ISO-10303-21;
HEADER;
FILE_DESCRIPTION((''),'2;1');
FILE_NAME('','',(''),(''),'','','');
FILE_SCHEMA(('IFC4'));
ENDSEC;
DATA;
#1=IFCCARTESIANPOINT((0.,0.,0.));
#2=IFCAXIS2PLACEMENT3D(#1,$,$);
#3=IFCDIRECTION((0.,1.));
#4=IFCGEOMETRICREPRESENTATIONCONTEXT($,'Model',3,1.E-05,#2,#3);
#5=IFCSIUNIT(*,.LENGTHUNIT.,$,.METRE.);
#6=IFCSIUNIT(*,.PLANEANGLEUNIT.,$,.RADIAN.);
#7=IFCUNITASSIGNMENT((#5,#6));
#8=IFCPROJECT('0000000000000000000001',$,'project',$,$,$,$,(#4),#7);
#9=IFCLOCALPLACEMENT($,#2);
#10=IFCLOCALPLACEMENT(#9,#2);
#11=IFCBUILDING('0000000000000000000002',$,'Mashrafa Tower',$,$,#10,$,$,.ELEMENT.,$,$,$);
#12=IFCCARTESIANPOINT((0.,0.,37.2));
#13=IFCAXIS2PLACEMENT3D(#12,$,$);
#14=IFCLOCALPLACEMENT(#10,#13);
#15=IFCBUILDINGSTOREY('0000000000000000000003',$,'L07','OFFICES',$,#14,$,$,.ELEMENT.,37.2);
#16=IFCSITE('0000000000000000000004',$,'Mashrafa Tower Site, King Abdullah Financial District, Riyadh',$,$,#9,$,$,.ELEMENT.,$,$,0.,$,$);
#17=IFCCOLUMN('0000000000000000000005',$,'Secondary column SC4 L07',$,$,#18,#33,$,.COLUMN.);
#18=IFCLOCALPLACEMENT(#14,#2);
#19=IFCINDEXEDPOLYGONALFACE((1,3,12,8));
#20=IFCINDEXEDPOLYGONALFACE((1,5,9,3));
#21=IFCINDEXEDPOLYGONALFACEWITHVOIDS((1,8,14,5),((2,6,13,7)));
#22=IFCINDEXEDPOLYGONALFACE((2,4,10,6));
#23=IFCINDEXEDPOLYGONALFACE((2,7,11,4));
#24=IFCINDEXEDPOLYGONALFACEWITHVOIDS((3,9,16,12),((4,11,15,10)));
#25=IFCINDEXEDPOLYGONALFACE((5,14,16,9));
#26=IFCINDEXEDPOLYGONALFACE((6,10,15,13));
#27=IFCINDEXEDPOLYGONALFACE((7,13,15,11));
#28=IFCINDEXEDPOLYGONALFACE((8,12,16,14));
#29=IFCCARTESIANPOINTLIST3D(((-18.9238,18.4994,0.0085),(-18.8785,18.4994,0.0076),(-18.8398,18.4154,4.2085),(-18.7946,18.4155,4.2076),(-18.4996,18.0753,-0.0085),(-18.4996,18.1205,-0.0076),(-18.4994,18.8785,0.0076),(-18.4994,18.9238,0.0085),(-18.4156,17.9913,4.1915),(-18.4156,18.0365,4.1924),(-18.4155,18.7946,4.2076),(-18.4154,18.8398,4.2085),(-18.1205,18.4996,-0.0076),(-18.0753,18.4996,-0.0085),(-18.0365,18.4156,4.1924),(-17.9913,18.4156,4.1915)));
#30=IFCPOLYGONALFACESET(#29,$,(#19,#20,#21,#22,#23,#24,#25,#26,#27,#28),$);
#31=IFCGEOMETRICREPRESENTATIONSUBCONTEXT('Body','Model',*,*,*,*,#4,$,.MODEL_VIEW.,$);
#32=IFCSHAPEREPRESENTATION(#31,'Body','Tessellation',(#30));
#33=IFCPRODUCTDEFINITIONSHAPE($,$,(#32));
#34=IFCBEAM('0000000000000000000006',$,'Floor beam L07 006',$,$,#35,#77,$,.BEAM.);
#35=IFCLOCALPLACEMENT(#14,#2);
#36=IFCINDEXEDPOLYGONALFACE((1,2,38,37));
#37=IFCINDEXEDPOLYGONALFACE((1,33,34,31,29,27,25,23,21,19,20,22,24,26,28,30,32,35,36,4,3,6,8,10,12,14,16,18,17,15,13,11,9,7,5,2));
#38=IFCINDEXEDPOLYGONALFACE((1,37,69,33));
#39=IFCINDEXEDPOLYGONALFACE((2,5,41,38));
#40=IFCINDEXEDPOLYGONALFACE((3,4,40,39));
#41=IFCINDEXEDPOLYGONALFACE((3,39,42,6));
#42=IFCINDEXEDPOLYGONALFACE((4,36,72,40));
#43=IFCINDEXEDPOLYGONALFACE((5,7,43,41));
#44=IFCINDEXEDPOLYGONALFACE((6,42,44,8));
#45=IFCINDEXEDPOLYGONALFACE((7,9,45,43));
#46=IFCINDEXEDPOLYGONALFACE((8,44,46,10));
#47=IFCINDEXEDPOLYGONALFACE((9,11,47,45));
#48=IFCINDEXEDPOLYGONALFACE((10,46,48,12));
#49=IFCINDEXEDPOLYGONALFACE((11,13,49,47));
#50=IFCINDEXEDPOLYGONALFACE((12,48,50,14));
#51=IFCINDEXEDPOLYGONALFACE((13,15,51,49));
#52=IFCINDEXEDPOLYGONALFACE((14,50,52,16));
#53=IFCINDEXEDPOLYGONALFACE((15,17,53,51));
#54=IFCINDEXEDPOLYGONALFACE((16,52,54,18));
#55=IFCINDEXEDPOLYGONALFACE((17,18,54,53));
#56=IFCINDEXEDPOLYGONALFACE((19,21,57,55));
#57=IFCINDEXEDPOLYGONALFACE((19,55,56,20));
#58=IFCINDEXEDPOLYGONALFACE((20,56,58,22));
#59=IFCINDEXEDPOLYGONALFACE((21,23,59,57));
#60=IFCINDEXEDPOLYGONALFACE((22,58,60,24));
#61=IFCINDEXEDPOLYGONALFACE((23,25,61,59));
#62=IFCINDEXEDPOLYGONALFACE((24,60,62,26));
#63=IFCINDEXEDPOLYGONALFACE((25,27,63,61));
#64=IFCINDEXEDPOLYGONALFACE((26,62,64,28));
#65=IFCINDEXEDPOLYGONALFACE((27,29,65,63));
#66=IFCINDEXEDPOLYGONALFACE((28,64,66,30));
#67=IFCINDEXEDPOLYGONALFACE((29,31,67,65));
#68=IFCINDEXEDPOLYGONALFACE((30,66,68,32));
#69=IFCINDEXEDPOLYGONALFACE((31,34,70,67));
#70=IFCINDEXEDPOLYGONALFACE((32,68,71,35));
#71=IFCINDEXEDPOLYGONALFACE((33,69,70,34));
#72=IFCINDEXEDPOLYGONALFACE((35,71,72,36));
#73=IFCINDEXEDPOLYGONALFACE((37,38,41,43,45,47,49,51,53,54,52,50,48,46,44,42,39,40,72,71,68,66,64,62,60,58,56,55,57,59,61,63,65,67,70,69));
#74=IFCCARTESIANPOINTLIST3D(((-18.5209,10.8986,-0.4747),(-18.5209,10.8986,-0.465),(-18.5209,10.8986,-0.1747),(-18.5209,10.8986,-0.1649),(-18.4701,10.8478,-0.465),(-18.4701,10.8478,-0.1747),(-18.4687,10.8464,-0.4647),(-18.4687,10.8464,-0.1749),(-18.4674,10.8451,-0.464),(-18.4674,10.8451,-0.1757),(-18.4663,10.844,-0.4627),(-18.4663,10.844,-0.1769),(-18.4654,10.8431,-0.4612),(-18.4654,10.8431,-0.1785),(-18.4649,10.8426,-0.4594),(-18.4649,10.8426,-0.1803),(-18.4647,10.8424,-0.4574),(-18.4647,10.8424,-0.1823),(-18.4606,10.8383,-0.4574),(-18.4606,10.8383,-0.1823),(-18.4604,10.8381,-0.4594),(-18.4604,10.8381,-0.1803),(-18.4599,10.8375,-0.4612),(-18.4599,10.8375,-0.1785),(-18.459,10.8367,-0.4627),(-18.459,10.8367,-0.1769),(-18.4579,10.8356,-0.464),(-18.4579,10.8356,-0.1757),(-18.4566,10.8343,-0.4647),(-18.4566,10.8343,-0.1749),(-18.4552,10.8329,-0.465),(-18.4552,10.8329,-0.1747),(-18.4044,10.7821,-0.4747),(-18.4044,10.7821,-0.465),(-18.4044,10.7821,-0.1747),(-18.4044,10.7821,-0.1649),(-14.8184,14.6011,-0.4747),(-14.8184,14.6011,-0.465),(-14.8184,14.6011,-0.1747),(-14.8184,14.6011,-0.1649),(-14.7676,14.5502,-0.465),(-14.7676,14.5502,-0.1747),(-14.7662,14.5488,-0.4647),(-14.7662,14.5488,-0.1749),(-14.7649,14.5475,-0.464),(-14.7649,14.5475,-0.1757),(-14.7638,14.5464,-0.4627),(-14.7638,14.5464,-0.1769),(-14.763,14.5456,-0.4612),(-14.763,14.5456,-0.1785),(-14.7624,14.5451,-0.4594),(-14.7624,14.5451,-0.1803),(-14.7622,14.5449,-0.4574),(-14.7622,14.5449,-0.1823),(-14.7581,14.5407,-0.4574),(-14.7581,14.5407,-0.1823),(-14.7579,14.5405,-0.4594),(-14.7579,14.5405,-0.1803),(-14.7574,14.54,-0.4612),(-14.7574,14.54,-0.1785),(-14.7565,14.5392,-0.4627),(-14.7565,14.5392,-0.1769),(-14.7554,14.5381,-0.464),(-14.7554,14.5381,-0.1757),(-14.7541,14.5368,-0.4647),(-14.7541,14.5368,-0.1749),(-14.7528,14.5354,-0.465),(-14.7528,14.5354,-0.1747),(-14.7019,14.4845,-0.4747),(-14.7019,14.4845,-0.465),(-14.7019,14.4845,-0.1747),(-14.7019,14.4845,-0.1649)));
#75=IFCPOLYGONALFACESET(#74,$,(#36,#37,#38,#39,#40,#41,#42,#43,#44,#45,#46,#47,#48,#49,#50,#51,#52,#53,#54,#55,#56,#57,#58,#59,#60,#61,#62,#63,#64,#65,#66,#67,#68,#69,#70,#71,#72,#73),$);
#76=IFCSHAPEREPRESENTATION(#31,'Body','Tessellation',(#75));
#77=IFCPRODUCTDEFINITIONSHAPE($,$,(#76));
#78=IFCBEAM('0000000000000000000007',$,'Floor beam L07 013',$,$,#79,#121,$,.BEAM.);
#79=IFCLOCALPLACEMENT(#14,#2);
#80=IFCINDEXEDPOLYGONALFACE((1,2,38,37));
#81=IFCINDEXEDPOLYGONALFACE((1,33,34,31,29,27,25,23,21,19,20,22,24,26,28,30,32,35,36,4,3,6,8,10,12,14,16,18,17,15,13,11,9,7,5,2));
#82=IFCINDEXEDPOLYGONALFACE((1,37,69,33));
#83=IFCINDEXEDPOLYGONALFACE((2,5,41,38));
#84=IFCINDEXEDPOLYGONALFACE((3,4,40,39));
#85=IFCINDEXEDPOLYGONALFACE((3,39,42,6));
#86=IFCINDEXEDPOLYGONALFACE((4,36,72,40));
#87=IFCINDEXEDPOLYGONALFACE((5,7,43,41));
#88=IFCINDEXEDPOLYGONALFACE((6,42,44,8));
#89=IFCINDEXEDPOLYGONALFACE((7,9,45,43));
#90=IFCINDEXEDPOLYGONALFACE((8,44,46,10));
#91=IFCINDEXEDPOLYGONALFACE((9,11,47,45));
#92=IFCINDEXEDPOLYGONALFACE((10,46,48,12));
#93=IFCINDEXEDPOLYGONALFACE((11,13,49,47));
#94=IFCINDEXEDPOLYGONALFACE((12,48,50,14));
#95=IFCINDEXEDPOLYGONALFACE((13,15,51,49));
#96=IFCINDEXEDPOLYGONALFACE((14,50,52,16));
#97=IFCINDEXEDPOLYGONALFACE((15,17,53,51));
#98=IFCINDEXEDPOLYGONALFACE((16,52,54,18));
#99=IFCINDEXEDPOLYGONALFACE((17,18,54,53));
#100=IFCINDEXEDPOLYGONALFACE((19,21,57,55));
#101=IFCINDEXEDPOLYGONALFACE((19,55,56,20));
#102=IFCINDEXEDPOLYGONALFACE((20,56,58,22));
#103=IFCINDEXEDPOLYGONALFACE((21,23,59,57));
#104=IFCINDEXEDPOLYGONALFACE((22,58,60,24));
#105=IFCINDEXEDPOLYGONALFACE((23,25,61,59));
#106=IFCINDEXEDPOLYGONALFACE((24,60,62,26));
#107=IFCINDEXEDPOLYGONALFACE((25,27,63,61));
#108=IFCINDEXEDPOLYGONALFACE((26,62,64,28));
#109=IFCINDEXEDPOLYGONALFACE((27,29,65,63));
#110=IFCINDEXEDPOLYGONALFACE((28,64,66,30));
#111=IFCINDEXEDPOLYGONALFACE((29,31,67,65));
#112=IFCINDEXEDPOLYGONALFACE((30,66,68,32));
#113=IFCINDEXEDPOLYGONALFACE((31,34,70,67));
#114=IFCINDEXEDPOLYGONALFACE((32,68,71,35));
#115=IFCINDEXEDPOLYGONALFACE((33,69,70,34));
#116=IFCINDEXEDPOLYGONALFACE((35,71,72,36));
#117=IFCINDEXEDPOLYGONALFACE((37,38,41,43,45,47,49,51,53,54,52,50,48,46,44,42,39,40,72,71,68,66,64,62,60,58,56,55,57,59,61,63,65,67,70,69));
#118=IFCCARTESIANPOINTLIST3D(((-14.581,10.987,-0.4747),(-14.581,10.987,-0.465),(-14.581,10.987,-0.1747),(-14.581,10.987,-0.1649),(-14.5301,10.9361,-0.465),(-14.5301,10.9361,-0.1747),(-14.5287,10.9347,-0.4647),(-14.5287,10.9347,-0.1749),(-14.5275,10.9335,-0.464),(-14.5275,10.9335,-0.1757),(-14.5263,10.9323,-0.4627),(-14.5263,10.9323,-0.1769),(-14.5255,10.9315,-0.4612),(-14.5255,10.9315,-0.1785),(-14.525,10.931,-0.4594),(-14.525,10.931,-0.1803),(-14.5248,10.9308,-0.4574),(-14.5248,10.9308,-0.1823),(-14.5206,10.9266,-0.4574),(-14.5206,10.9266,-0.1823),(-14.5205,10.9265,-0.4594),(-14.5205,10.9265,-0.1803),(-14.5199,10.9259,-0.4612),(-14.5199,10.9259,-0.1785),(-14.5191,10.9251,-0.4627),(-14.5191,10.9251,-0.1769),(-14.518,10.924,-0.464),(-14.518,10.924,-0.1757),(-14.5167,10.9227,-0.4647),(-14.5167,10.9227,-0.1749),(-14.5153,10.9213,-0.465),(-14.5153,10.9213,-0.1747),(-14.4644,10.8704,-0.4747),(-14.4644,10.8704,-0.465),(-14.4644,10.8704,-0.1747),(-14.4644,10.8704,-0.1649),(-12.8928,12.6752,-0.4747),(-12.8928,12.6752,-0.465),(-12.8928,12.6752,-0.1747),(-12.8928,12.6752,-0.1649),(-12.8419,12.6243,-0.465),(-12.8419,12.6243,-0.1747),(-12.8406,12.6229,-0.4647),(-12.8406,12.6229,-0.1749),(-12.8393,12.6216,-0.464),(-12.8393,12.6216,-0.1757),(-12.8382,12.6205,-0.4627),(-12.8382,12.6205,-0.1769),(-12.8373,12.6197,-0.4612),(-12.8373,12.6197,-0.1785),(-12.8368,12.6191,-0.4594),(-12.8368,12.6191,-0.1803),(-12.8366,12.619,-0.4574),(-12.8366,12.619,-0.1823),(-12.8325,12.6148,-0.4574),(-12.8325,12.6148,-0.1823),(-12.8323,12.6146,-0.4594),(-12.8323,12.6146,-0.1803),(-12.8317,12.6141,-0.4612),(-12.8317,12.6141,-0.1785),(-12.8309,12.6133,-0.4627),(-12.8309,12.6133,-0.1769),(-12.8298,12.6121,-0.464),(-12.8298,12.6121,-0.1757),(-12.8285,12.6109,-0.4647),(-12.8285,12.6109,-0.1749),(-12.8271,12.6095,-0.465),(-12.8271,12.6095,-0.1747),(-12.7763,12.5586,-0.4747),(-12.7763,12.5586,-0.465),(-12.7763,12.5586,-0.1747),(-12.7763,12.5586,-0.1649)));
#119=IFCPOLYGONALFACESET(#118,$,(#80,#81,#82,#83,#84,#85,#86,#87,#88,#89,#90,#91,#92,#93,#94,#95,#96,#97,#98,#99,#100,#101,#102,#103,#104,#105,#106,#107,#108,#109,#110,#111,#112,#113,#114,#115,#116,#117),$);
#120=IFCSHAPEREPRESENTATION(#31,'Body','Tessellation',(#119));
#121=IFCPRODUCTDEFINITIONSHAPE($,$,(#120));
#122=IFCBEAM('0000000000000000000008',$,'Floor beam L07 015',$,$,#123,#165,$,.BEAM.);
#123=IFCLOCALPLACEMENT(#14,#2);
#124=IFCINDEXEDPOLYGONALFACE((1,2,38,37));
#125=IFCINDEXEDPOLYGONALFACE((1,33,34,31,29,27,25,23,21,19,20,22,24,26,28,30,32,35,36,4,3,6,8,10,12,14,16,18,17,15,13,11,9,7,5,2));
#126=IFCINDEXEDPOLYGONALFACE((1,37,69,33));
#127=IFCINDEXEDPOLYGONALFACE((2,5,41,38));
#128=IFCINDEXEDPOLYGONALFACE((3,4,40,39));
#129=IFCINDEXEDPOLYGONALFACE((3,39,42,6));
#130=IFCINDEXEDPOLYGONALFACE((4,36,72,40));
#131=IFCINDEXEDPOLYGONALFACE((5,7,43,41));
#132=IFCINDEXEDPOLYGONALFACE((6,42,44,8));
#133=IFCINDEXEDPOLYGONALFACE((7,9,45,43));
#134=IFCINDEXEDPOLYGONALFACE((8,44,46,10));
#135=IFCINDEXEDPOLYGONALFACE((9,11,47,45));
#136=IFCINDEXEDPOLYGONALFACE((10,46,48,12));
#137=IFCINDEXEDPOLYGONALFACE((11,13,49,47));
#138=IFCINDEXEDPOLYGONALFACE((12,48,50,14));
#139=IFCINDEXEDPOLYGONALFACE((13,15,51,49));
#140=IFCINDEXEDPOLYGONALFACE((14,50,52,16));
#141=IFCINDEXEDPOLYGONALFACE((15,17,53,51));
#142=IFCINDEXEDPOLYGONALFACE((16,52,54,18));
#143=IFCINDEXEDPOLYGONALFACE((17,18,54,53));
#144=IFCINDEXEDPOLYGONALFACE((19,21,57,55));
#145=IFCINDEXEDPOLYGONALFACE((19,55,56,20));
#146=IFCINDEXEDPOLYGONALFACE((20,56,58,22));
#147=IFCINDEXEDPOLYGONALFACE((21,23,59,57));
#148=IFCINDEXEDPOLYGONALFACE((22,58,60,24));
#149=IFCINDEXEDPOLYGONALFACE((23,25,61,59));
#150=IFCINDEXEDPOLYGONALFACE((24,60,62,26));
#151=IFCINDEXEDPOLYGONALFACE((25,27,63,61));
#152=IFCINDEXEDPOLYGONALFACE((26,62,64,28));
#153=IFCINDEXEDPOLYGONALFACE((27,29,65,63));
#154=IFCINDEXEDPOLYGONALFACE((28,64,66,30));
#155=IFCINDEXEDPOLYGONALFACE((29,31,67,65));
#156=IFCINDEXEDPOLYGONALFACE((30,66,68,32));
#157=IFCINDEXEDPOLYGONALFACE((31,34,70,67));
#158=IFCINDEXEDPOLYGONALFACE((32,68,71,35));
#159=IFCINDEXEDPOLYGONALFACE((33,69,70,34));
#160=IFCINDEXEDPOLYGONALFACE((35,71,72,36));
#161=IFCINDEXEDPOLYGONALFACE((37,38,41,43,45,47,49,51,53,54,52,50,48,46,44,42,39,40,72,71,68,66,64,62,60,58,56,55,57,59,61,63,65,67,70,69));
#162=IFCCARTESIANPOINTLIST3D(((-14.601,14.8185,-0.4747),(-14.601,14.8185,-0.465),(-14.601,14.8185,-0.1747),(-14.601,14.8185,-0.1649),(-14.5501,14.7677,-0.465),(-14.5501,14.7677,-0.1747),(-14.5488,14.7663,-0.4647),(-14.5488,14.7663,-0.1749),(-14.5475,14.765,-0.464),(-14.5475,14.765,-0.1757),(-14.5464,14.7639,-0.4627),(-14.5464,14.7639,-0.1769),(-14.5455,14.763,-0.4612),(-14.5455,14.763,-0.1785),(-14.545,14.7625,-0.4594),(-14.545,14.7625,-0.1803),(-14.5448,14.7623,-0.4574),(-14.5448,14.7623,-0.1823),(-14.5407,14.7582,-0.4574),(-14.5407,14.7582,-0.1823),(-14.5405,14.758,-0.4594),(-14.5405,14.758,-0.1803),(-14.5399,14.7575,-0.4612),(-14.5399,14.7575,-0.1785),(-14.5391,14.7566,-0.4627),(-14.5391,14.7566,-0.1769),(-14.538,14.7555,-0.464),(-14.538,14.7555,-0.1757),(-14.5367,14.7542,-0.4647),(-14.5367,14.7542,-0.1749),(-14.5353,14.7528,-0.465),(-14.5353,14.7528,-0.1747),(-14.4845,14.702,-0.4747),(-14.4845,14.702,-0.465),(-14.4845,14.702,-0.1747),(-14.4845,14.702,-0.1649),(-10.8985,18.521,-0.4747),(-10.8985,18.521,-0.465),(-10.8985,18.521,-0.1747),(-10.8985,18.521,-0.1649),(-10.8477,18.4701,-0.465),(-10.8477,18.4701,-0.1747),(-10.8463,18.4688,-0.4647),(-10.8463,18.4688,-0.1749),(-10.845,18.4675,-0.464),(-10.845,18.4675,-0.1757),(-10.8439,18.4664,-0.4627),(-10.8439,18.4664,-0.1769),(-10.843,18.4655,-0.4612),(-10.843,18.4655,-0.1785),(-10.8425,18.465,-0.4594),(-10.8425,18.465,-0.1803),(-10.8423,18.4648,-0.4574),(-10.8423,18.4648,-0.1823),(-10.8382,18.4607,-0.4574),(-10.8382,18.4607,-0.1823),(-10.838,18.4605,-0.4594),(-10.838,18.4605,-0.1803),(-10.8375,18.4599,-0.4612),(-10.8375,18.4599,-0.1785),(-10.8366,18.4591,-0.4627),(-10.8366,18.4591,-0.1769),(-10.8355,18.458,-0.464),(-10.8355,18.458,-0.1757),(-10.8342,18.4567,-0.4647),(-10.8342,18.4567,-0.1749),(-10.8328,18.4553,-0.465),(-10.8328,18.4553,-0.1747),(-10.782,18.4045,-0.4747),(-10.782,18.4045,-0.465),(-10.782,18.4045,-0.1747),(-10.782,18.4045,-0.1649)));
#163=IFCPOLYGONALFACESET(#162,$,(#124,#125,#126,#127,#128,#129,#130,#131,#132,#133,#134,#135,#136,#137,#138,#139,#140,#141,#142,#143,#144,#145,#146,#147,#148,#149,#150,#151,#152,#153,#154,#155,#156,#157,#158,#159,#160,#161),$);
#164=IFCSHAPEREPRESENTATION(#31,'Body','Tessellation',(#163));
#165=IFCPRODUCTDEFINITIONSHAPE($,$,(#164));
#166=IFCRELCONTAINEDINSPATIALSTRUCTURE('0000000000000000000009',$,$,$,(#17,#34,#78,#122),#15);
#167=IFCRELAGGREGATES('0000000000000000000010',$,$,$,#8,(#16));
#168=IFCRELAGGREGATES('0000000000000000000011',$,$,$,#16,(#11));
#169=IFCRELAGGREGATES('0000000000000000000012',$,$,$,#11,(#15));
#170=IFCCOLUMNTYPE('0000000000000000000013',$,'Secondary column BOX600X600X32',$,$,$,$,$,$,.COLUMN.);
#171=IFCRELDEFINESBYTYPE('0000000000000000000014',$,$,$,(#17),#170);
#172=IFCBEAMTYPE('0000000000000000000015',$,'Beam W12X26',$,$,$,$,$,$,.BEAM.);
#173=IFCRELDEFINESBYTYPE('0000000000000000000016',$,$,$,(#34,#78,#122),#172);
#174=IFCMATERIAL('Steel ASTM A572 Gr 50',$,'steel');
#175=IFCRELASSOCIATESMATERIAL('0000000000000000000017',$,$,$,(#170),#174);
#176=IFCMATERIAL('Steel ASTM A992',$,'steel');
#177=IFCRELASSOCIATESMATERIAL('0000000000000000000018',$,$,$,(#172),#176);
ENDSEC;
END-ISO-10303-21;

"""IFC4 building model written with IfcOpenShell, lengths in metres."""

from ifc_helpers import new_model, si_unit, direction, frame, origin, origin_2d, place, context, subcontext, project, spatial, hollow_rectangle, i_section, extrude, material, material_profile, profile_set, type_object, element, save


model = new_model("IFC4")

# Units and contexts
model_context = context("Model", 3, precision=1e-05, world=origin(), true_north=direction((0.0, 1.0)))
body_context = subcontext(model_context, "Body", "Model", "MODEL_VIEW")
ifc_project = project(units=[si_unit("LENGTHUNIT", "METRE"), si_unit("PLANEANGLEUNIT", "RADIAN")], contexts=[model_context])

# Site, building, storey
site_placement = place(None, origin())
site = spatial("IfcSite", under=ifc_project, at=site_placement, Name="Mashrafa Tower Site, King Abdullah Financial District, Riyadh", CompositionType="ELEMENT", RefElevation=0.0)
building_placement = place(site_placement, origin())
building = spatial("IfcBuilding", under=site, at=building_placement, Name="Mashrafa Tower", CompositionType="ELEMENT")
storey_placement = place(building_placement, frame((0.0, 0.0, 37.2)))
storey = spatial("IfcBuildingStorey", under=building, at=storey_placement, Name="L07", Description="OFFICES", CompositionType="ELEMENT", Elevation=37.2)

# Column
ifc_material_1 = material(Name="Steel ASTM A572 Gr 50", Category="steel")
ifc_material_profile_1 = material_profile(ifc_material_1, hollow_rectangle(XDim=0.6001, YDim=0.6001, WallThickness=0.032, at=origin_2d()), Name="BOX600X600X32")
ifc_profile_set_1 = profile_set([ifc_material_profile_1], Name="Steel ASTM A572 Gr 50")
column_type = type_object("IfcColumnType", Name="Secondary column BOX600X600X32", PredefinedType="COLUMN", material=ifc_profile_set_1)
column_placement = place(storey_placement, frame((-18.4995, 18.4995, 0.0), z_axis=(0.019989, -0.019989, 0.9996), x_axis=(0.707107, 0.707107, 0.0)))
element("IfcColumn", 1, at=column_placement, inside=storey, type_object=column_type, Name="Secondary column SC4 L07", PredefinedType="COLUMN", context=body_context, shape_type="SweptSolid", body=[
    extrude(hollow_rectangle(XDim=0.6001, YDim=0.6001, WallThickness=0.032, at=origin_2d()), origin(), (0.0, 0.0, 1.0), 4.2017),
])

# Beams
ifc_material_2 = material(Name="Steel ASTM A992", Category="steel")
ifc_material_profile_2 = material_profile(ifc_material_2, i_section(OverallWidth=0.1648, OverallDepth=0.3098, WebThickness=0.0059, FlangeThickness=0.0098, FilletRadius=0.0076, at=origin_2d()), Name="W12X26")
ifc_profile_set_2 = profile_set([ifc_material_profile_2], Name="Steel ASTM A992")
beam_type_1 = type_object("IfcBeamType", Name="Beam W12X26", PredefinedType="BEAM", material=ifc_profile_set_2)
beam_1_placement = place(storey_placement, frame((-18.4626, 10.8403, -0.3198), z_axis=(0.707107, 0.707107, 0.0), x_axis=(-0.707107, 0.707107, 0.0)))
element("IfcBeam", 2, at=beam_1_placement, inside=storey, type_object=beam_type_1, Name="Floor beam L07 006", PredefinedType="BEAM", context=body_context, shape_type="SweptSolid", body=[
    extrude(i_section(OverallWidth=0.1648, OverallDepth=0.3098, WebThickness=0.0059, FlangeThickness=0.0098, FilletRadius=0.0076, at=origin_2d()), origin(), (0.0, 0.0, 1.0), 5.2361),
])
beam_2_placement = place(storey_placement, frame((-14.5227, 10.9287, -0.3198), z_axis=(0.707107, 0.707107, 0.0), x_axis=(-0.707107, 0.707107, 0.0)))
element("IfcBeam", 3, at=beam_2_placement, inside=storey, type_object=beam_type_1, Name="Floor beam L07 013", PredefinedType="BEAM", context=body_context, shape_type="SweptSolid", body=[
    extrude(i_section(OverallWidth=0.1648, OverallDepth=0.3098, WebThickness=0.0059, FlangeThickness=0.0098, FilletRadius=0.0076, at=origin_2d()), origin(), (0.0, 0.0, 1.0), 2.3875),
])
beam_3_placement = place(storey_placement, frame((-14.5427, 14.7603, -0.3198), z_axis=(0.707107, 0.707107, 0.0), x_axis=(-0.707107, 0.707107, 0.0)))
element("IfcBeam", 4, at=beam_3_placement, inside=storey, type_object=beam_type_1, Name="Floor beam L07 015", PredefinedType="BEAM", context=body_context, shape_type="SweptSolid", body=[
    extrude(i_section(OverallWidth=0.1648, OverallDepth=0.3098, WebThickness=0.0059, FlangeThickness=0.0098, FilletRadius=0.0076, at=origin_2d()), origin(), (0.0, 0.0, 1.0), 5.2361),
])

save(model, "model.ifc")
